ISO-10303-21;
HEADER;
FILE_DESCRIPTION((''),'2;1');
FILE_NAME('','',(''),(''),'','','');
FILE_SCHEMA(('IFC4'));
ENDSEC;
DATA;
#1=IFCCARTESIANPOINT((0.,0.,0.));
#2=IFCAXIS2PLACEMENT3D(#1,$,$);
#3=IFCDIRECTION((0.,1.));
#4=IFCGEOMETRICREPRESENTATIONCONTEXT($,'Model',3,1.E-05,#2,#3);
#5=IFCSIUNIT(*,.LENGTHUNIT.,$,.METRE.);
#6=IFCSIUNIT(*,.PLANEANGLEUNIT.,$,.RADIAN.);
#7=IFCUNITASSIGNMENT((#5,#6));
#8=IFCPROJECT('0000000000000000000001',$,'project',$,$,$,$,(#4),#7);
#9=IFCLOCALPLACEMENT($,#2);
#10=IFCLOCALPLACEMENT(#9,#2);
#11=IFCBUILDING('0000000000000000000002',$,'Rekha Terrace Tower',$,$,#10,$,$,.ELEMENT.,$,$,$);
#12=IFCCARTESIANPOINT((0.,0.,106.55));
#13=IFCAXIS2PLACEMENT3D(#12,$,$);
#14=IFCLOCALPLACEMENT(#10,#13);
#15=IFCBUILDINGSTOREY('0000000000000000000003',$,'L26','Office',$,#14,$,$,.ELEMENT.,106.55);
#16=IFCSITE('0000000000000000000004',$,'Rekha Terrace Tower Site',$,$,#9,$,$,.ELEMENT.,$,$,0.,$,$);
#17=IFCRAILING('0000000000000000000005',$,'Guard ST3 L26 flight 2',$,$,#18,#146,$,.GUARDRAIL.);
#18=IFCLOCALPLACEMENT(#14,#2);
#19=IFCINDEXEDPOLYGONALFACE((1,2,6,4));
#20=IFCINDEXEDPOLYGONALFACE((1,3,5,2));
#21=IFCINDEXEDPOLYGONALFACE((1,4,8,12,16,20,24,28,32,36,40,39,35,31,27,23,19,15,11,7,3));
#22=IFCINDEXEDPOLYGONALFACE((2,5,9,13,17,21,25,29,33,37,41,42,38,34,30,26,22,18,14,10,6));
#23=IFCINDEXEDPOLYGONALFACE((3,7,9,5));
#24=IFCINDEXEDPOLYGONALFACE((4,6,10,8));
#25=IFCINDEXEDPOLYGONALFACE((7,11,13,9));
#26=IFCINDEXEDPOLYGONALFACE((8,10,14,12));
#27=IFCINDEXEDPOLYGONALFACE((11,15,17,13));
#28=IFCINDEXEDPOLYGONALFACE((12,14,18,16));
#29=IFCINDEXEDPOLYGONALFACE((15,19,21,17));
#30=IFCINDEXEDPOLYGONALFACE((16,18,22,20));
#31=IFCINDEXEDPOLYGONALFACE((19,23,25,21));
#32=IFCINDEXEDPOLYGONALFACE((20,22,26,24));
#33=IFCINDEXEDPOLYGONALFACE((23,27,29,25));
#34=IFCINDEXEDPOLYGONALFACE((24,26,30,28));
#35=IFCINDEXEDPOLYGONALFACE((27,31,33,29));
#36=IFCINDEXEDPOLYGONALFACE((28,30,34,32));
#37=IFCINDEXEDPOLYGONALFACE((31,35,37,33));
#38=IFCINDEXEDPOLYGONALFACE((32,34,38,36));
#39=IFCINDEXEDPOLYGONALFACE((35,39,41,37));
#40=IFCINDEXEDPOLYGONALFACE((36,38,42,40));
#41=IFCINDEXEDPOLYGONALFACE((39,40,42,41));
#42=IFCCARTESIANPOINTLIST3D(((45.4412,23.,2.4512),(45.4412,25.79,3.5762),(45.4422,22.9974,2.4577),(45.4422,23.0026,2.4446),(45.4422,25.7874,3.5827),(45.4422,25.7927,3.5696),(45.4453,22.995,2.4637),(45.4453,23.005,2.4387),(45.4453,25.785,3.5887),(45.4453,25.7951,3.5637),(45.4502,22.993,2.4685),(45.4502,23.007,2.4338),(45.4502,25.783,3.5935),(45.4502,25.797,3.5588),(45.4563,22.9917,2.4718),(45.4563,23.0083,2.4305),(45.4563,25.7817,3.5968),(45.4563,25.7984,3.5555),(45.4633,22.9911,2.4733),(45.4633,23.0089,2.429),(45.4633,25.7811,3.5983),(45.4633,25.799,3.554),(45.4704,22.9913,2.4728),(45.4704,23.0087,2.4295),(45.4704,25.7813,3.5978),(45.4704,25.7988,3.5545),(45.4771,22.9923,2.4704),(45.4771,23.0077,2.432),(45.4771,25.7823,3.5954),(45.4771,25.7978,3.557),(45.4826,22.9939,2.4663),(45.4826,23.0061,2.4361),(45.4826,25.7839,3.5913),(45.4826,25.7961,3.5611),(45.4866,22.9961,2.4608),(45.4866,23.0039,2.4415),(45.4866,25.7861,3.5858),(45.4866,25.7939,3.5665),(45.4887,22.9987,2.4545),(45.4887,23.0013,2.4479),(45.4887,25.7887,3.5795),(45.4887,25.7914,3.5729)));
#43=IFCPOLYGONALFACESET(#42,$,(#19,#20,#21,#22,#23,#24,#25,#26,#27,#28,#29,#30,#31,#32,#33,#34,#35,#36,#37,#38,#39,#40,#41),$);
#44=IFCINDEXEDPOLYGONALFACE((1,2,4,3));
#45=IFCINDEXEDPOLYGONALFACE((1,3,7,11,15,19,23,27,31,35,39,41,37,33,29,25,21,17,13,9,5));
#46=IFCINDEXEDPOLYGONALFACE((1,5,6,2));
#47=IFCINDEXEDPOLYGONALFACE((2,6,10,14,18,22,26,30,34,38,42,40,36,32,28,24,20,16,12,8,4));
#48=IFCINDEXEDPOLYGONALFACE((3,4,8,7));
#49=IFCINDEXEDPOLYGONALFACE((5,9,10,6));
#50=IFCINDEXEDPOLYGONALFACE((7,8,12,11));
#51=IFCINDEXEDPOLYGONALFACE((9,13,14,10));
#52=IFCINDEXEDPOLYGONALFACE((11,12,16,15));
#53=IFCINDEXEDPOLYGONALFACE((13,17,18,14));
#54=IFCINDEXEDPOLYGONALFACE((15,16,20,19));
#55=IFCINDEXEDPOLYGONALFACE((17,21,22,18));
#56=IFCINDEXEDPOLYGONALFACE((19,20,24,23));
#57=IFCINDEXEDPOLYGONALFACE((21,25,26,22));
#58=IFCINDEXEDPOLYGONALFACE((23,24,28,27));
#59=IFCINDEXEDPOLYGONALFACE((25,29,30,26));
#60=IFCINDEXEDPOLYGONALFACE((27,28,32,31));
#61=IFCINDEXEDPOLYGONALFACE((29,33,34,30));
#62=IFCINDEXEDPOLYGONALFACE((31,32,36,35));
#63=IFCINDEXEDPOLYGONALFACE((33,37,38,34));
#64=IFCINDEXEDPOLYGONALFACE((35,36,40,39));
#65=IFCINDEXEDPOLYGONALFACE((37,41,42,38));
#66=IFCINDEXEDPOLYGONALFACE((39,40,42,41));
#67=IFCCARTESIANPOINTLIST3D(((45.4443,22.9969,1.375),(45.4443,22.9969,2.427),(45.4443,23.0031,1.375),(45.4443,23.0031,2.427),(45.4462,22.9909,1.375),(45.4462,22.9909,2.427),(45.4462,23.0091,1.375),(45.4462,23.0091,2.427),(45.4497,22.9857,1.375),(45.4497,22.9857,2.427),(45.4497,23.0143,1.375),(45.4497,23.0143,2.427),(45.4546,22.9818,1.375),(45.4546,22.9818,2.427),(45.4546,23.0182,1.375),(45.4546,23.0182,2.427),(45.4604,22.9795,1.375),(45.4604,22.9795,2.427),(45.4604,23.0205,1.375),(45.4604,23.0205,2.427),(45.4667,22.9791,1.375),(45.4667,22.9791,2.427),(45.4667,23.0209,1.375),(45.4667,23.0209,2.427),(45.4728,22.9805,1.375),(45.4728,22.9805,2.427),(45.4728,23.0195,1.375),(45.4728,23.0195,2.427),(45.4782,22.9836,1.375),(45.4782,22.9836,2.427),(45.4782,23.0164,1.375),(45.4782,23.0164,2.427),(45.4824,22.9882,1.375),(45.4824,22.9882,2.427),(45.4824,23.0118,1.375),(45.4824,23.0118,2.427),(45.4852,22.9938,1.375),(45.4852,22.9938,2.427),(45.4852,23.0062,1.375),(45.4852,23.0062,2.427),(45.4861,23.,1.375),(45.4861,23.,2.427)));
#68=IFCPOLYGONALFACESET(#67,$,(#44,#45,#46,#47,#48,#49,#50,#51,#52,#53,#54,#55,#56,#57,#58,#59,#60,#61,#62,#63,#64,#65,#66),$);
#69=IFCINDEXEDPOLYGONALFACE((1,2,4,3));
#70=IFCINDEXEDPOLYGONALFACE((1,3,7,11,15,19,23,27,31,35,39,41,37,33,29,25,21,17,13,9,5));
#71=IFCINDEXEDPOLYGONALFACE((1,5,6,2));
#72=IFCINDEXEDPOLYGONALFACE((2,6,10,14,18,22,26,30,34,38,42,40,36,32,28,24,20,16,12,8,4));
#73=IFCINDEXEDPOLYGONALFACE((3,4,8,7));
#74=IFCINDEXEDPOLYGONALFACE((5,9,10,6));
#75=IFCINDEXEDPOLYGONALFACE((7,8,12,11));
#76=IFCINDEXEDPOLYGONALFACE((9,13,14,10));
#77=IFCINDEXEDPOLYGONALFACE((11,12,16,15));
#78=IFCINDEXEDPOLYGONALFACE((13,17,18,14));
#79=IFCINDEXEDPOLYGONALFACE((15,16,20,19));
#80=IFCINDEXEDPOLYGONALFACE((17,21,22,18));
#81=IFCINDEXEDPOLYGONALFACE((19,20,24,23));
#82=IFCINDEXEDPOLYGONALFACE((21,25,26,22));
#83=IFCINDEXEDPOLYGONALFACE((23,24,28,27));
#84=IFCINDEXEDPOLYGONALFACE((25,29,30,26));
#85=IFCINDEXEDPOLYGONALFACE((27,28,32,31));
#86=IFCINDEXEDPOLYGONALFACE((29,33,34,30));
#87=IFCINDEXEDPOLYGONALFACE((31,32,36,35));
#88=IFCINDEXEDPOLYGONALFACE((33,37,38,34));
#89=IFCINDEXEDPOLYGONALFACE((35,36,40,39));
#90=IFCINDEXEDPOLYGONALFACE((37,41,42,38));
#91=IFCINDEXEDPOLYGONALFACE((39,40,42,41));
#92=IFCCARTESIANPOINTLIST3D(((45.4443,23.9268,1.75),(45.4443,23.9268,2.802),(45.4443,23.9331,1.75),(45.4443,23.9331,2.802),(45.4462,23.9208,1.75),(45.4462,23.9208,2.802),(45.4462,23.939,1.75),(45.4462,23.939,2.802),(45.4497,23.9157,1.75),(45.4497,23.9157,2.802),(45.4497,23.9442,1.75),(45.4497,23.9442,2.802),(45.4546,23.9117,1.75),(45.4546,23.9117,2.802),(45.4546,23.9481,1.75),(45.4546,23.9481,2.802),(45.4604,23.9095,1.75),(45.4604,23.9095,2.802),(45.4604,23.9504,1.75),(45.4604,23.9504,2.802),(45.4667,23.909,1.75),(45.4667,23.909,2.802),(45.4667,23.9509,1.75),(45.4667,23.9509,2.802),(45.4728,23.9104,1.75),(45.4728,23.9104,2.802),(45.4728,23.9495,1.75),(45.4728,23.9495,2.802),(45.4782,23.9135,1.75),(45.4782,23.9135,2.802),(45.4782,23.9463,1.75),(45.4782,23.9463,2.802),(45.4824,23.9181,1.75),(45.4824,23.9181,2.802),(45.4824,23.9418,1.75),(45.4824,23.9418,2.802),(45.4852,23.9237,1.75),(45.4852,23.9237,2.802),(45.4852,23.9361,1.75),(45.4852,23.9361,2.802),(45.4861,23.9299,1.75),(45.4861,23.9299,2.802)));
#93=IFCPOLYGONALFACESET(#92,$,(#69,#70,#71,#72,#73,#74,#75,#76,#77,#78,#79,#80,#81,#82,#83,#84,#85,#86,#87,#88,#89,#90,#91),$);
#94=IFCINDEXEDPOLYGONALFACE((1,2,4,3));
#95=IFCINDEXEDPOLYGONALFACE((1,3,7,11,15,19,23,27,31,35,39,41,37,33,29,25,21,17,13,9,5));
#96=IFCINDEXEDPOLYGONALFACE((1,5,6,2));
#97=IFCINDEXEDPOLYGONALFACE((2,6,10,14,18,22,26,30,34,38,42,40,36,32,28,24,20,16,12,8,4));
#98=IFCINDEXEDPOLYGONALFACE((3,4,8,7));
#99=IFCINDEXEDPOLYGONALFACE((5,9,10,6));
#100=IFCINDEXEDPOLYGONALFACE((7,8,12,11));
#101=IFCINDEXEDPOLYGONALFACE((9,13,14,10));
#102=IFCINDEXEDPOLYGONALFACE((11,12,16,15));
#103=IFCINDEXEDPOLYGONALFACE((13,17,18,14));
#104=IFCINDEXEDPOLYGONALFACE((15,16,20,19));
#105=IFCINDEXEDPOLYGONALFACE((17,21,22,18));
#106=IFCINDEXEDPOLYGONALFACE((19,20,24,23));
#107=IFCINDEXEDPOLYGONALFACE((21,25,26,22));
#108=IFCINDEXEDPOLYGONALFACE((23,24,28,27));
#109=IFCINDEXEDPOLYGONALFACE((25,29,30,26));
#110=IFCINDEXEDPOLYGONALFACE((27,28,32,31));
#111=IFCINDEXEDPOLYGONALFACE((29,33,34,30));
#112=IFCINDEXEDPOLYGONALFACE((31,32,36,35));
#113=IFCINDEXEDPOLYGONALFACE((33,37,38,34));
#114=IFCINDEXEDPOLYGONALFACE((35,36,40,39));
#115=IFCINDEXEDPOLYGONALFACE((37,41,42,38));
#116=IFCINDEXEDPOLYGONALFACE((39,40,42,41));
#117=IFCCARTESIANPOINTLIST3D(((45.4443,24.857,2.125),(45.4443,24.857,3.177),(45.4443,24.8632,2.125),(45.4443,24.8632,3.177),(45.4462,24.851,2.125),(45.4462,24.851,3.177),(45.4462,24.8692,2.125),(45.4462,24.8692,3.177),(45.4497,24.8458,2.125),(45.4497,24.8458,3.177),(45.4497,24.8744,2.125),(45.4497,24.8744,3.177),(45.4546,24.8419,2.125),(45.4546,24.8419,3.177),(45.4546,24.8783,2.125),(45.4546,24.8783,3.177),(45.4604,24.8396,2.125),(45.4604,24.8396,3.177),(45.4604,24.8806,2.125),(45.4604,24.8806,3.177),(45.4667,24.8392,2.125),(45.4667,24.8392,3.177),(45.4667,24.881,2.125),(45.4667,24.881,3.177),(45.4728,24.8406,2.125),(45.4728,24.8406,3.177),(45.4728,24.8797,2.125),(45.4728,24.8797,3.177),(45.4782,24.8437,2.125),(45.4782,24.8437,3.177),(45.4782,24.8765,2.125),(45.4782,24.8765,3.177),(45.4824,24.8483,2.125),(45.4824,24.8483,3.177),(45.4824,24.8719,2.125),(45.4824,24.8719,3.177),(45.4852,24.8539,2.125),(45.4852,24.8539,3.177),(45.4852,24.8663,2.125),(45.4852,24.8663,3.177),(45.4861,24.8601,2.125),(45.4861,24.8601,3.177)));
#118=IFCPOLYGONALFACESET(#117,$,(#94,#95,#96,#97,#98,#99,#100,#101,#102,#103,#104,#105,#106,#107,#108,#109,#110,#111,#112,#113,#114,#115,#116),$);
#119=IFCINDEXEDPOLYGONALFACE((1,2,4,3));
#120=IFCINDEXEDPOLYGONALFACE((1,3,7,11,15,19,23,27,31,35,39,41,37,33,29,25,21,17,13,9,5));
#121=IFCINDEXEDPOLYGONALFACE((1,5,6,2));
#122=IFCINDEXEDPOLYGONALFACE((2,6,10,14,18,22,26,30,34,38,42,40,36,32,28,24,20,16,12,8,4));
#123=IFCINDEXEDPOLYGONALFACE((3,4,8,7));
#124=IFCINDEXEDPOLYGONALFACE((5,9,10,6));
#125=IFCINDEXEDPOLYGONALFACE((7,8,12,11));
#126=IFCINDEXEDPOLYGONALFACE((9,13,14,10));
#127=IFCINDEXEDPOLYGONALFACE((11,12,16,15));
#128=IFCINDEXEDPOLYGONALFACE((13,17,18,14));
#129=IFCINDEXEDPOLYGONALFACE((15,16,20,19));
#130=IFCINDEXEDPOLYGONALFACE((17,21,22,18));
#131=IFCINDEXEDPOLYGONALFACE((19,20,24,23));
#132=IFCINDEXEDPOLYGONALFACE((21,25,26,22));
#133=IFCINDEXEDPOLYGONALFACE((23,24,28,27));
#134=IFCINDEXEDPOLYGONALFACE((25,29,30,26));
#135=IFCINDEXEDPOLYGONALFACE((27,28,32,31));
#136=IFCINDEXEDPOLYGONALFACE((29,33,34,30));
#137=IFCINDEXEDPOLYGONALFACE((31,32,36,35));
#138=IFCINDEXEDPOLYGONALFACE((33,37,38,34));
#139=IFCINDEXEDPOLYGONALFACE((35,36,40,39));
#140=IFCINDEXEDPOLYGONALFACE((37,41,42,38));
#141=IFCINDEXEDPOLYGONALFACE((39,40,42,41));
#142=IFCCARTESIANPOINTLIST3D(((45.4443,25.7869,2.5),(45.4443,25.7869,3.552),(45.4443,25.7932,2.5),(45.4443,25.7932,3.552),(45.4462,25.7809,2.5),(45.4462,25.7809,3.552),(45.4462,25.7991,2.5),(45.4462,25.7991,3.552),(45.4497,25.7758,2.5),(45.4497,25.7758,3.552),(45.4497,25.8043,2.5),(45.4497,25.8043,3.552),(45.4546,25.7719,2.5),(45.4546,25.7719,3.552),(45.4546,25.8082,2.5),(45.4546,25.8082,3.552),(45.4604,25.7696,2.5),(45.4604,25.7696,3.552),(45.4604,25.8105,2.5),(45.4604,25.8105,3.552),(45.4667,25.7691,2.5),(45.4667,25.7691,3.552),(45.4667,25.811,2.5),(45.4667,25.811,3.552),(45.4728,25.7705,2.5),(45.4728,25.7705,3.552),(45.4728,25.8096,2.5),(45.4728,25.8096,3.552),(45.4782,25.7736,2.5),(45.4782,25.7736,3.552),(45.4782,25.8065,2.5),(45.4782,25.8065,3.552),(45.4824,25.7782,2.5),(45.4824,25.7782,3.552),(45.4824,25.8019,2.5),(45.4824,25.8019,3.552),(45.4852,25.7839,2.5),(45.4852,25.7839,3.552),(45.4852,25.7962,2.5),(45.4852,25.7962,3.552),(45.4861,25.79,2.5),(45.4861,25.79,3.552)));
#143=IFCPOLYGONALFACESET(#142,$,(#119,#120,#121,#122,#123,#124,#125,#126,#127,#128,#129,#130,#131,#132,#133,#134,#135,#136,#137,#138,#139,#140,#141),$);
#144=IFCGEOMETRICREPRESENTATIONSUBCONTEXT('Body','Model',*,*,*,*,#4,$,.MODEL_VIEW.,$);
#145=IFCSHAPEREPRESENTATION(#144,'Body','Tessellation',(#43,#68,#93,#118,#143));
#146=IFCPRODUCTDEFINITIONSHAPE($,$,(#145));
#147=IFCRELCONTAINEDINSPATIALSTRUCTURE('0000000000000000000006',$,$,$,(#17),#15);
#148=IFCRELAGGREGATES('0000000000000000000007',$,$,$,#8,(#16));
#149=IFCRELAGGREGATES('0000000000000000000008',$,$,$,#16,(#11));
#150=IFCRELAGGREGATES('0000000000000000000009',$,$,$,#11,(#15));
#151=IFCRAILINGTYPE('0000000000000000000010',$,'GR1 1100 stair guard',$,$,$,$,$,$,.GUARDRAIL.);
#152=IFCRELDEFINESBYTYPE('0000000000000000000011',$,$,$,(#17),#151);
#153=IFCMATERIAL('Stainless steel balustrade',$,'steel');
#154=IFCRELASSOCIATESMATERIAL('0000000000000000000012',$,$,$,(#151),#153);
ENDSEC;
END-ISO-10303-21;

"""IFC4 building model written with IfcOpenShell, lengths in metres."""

from ifc_helpers import new_model, si_unit, direction, frame, origin, origin_2d, place, context, subcontext, project, spatial, circle, extrude, material, type_object, element, save


model = new_model("IFC4")

# Units and contexts
model_context = context("Model", 3, precision=1e-05, world=origin(), true_north=direction((0.0, 1.0)))
body_context = subcontext(model_context, "Body", "Model", "MODEL_VIEW")
ifc_project = project(units=[si_unit("LENGTHUNIT", "METRE"), si_unit("PLANEANGLEUNIT", "RADIAN")], contexts=[model_context])

# Site, building, storey
site_placement = place(None, origin())
site = spatial("IfcSite", under=ifc_project, at=site_placement, Name="Rekha Terrace Tower Site", CompositionType="ELEMENT", RefElevation=0.0)
building_placement = place(site_placement, origin())
building = spatial("IfcBuilding", under=site, at=building_placement, Name="Rekha Terrace Tower", CompositionType="ELEMENT")
storey_placement = place(building_placement, frame((0.0, 0.0, 106.55)))
storey = spatial("IfcBuildingStorey", under=building, at=storey_placement, Name="L26", Description="Office", CompositionType="ELEMENT", Elevation=106.55)

# Railing
ifc_material_1 = material(Name="Stainless steel balustrade", Category="steel")
railing_type_1 = type_object("IfcRailingType", Name="GR1 1100 stair guard", PredefinedType="GUARDRAIL", material=ifc_material_1)
railing_1_placement = place(storey_placement, frame((45.4651, 23.0, 1.375)))
element("IfcRailing", 1, at=railing_1_placement, inside=storey, type_object=railing_type_1, Name="Guard ST3 L26 flight 2", PredefinedType="GUARDRAIL", context=body_context, shape_type="SweptSolid", body=[
    extrude(circle(Radius=0.0239, at=origin_2d()), frame((0.0, 0.0, 1.0762), z_axis=(0.0, 0.927443, 0.373964), x_axis=(-1.0, 0.0, 0.0)), (0.0, 0.0, 1.0), 3.0083),
    extrude(circle(Radius=0.021, at=origin_2d()), origin(), (0.0, 0.0, 1.0), 1.052),
    extrude(circle(Radius=0.021, at=origin_2d()), frame((0.0, 0.9299, 0.375)), (0.0, 0.0, 1.0), 1.052),
    extrude(circle(Radius=0.021, at=origin_2d()), frame((0.0, 1.8601, 0.75)), (0.0, 0.0, 1.0), 1.052),
    extrude(circle(Radius=0.021, at=origin_2d()), frame((0.0, 2.79, 1.125)), (0.0, 0.0, 1.0), 1.052),
])

save(model, "model.ifc")
